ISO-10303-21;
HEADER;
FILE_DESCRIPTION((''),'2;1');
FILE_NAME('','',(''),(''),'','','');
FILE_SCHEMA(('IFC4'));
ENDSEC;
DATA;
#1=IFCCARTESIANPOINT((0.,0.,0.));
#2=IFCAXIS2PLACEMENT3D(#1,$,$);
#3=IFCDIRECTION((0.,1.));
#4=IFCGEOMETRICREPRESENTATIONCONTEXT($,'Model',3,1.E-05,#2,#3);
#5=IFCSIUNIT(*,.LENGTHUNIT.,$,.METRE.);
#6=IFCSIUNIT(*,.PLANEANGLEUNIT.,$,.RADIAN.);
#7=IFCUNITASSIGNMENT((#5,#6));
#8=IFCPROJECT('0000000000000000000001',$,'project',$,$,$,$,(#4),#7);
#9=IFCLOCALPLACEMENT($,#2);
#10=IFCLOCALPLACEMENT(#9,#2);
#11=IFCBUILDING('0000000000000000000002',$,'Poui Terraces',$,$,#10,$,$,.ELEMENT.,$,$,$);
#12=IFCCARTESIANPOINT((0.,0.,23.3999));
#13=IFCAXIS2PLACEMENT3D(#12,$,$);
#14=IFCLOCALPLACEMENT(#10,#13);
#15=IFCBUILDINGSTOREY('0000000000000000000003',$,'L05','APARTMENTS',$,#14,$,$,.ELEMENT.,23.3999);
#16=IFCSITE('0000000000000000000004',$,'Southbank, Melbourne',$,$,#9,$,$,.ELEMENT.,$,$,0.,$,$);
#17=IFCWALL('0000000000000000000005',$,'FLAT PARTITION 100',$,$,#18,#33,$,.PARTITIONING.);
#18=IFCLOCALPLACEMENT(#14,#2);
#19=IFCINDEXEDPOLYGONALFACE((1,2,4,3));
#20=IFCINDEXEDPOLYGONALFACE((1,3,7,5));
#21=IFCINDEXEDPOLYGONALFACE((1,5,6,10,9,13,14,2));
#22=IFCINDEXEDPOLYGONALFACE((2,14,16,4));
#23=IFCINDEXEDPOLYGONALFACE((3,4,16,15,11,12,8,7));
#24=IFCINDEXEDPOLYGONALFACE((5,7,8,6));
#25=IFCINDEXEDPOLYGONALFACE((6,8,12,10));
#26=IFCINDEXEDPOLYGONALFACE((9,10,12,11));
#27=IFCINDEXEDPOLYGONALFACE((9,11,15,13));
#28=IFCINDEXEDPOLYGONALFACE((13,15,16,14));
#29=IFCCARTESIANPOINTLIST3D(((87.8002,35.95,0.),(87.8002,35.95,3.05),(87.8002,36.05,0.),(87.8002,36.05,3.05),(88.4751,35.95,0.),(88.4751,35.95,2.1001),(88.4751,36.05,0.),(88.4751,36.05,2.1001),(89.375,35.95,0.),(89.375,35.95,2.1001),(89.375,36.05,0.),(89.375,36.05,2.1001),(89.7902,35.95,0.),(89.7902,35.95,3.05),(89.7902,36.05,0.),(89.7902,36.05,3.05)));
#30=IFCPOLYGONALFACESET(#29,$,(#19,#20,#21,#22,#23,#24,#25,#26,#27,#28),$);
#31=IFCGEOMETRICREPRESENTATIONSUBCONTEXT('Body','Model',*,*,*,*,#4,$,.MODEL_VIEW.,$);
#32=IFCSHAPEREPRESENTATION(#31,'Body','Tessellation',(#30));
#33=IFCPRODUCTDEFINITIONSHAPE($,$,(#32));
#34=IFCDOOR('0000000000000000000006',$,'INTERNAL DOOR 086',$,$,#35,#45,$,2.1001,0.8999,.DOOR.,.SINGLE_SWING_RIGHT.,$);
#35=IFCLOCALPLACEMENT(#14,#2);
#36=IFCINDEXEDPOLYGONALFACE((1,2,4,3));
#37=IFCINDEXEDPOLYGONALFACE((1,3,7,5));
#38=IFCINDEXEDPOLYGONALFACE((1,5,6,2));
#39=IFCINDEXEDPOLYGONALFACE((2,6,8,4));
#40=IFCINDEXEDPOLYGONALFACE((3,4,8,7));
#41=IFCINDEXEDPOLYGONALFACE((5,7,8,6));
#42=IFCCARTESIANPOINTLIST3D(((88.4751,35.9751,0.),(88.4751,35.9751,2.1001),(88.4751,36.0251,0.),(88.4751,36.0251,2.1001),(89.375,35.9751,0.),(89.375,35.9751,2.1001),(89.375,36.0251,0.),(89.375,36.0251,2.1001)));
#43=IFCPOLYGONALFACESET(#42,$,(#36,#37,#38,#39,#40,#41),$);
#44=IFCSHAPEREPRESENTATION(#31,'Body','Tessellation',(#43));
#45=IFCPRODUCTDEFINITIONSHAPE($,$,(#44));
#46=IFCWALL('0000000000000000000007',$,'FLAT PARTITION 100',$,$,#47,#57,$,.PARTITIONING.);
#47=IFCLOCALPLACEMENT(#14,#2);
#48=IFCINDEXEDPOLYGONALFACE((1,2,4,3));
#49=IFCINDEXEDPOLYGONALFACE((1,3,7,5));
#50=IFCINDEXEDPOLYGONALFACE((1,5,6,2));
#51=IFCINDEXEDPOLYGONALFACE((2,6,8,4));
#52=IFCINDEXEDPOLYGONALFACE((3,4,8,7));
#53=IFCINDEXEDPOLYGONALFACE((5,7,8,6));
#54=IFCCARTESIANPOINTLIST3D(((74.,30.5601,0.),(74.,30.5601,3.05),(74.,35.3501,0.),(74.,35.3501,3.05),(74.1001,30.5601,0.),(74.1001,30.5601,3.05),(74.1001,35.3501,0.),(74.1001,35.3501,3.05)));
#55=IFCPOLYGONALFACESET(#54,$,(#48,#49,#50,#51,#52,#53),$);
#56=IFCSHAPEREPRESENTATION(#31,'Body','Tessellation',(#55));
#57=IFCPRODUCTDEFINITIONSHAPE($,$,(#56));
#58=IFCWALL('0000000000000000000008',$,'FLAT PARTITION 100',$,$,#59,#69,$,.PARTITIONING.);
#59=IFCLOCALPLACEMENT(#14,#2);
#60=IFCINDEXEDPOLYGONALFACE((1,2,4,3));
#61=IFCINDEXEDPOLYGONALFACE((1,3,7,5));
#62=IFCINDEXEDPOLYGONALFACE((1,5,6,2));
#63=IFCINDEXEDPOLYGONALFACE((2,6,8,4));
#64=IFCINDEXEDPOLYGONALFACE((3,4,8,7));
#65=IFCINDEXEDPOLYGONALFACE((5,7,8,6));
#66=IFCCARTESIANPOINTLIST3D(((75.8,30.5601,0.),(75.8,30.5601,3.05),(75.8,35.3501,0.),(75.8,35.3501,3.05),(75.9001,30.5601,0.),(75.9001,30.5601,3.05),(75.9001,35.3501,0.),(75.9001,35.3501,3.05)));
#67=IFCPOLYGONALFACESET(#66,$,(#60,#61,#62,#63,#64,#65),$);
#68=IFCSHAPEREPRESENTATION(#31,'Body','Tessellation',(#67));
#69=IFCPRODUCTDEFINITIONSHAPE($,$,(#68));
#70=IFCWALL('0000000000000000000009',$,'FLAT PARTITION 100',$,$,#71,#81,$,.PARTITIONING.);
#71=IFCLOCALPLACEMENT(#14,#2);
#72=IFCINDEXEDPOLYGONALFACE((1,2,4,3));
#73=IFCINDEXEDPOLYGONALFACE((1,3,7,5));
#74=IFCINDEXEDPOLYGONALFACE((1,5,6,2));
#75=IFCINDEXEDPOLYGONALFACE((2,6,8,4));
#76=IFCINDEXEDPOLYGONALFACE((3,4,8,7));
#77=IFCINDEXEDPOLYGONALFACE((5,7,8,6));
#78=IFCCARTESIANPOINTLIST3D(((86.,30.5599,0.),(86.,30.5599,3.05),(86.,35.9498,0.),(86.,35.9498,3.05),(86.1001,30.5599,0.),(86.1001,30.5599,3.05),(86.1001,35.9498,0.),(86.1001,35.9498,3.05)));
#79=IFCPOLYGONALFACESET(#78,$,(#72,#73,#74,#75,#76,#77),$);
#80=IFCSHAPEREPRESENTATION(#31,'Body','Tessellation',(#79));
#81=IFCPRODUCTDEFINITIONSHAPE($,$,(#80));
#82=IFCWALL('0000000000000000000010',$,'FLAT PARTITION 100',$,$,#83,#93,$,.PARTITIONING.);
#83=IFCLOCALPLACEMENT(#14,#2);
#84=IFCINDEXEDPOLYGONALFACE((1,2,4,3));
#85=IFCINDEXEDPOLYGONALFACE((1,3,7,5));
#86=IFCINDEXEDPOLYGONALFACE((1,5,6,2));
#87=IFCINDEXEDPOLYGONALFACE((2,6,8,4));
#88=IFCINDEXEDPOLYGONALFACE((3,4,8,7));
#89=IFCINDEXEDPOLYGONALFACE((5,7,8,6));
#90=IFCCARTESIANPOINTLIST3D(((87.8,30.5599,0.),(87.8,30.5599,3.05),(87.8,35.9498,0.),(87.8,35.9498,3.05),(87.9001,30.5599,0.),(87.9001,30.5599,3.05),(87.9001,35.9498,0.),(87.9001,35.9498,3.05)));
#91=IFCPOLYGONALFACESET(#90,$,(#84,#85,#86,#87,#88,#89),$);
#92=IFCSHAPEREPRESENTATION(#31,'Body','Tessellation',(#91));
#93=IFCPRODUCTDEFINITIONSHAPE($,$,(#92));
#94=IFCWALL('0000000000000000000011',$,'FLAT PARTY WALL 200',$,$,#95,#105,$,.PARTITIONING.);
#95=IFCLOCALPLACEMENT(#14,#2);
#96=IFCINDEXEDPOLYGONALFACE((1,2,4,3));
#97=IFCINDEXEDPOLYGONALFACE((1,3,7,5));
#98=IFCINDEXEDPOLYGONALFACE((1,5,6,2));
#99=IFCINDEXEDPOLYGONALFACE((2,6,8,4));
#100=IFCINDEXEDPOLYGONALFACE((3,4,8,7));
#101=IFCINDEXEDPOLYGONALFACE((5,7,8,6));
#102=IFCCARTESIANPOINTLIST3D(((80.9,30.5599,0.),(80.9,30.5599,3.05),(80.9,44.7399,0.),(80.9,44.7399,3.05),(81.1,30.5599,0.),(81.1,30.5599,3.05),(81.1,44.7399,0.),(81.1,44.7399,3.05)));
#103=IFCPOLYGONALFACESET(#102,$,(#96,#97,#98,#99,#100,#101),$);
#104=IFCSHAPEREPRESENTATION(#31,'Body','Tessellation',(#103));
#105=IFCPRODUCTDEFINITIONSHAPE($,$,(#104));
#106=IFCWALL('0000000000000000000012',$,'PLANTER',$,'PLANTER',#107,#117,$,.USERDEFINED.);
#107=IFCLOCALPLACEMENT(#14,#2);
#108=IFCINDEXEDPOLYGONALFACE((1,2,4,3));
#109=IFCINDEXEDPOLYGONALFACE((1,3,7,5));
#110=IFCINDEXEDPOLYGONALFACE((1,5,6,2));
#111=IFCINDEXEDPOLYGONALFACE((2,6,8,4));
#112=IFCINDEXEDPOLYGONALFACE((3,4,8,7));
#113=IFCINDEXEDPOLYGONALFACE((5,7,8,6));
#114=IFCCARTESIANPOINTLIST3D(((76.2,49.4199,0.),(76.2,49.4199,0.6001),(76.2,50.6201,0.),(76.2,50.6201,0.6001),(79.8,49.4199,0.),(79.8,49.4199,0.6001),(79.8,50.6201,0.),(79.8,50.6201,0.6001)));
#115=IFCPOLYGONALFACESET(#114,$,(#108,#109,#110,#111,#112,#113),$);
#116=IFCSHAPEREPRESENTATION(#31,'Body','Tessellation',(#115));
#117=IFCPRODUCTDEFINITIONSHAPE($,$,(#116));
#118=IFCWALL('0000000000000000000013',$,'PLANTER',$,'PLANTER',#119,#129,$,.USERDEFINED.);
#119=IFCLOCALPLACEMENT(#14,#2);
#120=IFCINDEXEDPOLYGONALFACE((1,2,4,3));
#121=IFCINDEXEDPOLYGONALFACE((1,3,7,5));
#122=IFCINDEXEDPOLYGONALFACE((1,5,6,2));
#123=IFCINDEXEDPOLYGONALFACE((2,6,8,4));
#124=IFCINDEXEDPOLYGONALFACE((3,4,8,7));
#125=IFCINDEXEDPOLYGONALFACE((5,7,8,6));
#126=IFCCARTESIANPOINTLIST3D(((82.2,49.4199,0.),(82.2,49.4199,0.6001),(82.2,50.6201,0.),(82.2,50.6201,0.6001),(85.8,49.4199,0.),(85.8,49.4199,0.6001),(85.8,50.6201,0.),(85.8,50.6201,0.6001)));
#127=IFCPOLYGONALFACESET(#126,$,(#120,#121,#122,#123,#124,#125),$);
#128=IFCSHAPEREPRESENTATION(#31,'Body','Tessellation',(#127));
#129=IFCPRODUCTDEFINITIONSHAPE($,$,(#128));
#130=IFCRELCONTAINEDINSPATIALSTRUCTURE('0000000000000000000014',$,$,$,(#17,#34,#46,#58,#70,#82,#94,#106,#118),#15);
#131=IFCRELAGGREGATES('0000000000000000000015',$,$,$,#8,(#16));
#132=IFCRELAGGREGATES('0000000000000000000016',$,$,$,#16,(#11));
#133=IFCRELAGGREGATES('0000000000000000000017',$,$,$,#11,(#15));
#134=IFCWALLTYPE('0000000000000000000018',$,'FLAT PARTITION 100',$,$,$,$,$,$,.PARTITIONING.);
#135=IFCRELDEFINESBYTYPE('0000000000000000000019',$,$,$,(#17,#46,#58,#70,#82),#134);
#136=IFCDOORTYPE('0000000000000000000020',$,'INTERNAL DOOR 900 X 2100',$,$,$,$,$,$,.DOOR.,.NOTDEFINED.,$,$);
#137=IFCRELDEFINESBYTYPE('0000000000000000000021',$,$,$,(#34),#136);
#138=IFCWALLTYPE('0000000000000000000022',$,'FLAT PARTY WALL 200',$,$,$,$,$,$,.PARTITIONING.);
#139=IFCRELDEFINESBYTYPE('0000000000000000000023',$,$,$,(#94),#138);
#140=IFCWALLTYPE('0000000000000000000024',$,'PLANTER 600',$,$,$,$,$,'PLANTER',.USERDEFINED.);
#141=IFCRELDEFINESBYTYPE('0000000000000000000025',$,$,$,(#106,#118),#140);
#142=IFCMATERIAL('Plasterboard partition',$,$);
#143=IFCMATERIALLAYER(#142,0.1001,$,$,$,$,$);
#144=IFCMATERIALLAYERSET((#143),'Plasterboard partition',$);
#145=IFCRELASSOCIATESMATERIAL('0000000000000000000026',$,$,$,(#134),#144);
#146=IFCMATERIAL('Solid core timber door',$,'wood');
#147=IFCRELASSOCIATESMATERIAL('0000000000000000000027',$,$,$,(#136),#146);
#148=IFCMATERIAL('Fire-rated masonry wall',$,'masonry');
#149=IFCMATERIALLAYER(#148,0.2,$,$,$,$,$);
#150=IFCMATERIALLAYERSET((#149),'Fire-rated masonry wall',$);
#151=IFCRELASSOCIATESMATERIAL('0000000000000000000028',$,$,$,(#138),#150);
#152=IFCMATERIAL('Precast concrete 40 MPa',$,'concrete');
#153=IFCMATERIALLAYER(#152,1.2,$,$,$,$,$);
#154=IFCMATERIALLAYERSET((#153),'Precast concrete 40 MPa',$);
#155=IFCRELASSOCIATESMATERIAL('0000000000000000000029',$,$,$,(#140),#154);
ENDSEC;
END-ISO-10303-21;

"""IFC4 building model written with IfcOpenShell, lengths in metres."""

from ifc_helpers import new_model, si_unit, direction, frame, frame_2d, origin, place, context, subcontext, project, spatial, polyline, rectangle, outline, extrude, source, transform, mapped, material, layer, layer_set, type_object, element, fill, save


model = new_model("IFC4")

# Units and contexts
model_context = context("Model", 3, precision=1e-05, world=origin(), true_north=direction((0.0, 1.0)))
body_context = subcontext(model_context, "Body", "Model", "MODEL_VIEW")
ifc_project = project(units=[si_unit("LENGTHUNIT", "METRE"), si_unit("PLANEANGLEUNIT", "RADIAN")], contexts=[model_context])

# Site, building, storey
site_placement = place(None, origin())
site = spatial("IfcSite", under=ifc_project, at=site_placement, Name="Southbank, Melbourne", CompositionType="ELEMENT", RefElevation=0.0)
building_placement = place(site_placement, origin())
building = spatial("IfcBuilding", under=site, at=building_placement, Name="Poui Terraces", CompositionType="ELEMENT")
storey_placement = place(building_placement, frame((0.0, 0.0, 23.3999)))
storey = spatial("IfcBuildingStorey", under=building, at=storey_placement, Name="L05", Description="APARTMENTS", CompositionType="ELEMENT", Elevation=23.3999)

# Wall, opening, door
ifc_material_1 = material(Name="Plasterboard partition")
ifc_layer_1 = layer(ifc_material_1, 0.1001)
ifc_layer_set_1 = layer_set([ifc_layer_1], Name="Plasterboard partition")
wall_type_1 = type_object("IfcWallType", Name="FLAT PARTITION 100", PredefinedType="PARTITIONING", material=ifc_layer_set_1)
ifc_material_2 = material(Name="Solid core timber door", Category="wood")
door_type_1 = type_object("IfcDoorType", Name="INTERNAL DOOR 900 X 2100", OperationType="NOTDEFINED", PredefinedType="DOOR", material=ifc_material_2)
wall_1_placement = place(storey_placement, frame((87.8, 36.0, 0.0), z_axis=(0.0, 0.0, 1.0), x_axis=(1.0, 0.0, 0.0)))
wall_1 = element("IfcWall", 1, at=wall_1_placement, inside=storey, type_object=wall_type_1, Name="FLAT PARTITION 100", PredefinedType="PARTITIONING", context=body_context, shape_type="SweptSolid", body=[
    extrude(rectangle(XDim=1.99, YDim=0.1001, at=frame_2d((0.9951, 0.0))), origin(), (0.0, 0.0, 1.0), 3.05),
])
opening_1_placement = place(wall_1_placement, frame((0.675, 0.0, 0.0)))
opening_1 = element("IfcOpeningElement", 2, at=opening_1_placement, cuts=wall_1, PredefinedType="OPENING", context=body_context, shape_type="SweptSolid", body=[
    extrude(rectangle(XDim=0.8999, YDim=2.1001, at=frame_2d((0.45, 1.05))), frame((0.0, 0.0601, 0.0), z_axis=(0.0, -1.0, 0.0), x_axis=(1.0, 0.0, 0.0)), (0.0, 0.0, 1.0), 0.1201),
])
door_1_placement = place(opening_1_placement, frame((0.8999, 0.0, 0.0), z_axis=(0.0, 0.0, 1.0), x_axis=(-1.0, 0.0, 0.0)))
door_1 = element("IfcDoor", 3, at=door_1_placement, inside=storey, type_object=door_type_1, Name="INTERNAL DOOR 086", OperationType="SINGLE_SWING_RIGHT", OverallHeight=2.1001, OverallWidth=0.8999, PredefinedType="DOOR", context=body_context, shape_type="SweptSolid", body=[
    extrude(rectangle(XDim=0.8999, YDim=2.1001, at=frame_2d((0.45, 1.05))), frame((0.0, 0.0249, 0.0), z_axis=(0.0, -1.0, 0.0), x_axis=(1.0, 0.0, 0.0)), (0.0, 0.0, 1.0), 0.05),
])
fill(opening_1, door_1)

# Walls
for number, where, z_axis, x_axis, name in (
    (4, (74.05, 30.5601, 0.0), (0.0, 0.0, 1.0), (0.0, 1.0, 0.0), "FLAT PARTITION 100"),
    (5, (75.8501, 30.5601, 0.0), (0.0, 0.0, 1.0), (0.0, 1.0, 0.0), "FLAT PARTITION 100"),
):
    element("IfcWall", number, at=place(storey_placement, frame(where, z_axis=z_axis, x_axis=x_axis)), inside=storey, type_object=wall_type_1, Name=name, PredefinedType="PARTITIONING", context=body_context, shape_type="SweptSolid", body=[
        extrude(rectangle(XDim=4.79, YDim=0.1001, at=frame_2d((2.395, 0.0))), origin(), (0.0, 0.0, 1.0), 3.05),
    ])
for number, where, z_axis, x_axis, name in (
    (6, (86.05, 30.5601, 0.0), (0.0, 0.0, 1.0), (0.0, 1.0, 0.0), "FLAT PARTITION 100"),
    (7, (87.8501, 30.5601, 0.0), (0.0, 0.0, 1.0), (0.0, 1.0, 0.0), "FLAT PARTITION 100"),
):
    element("IfcWall", number, at=place(storey_placement, frame(where, z_axis=z_axis, x_axis=x_axis)), inside=storey, type_object=wall_type_1, Name=name, PredefinedType="PARTITIONING", context=body_context, shape_type="SweptSolid", body=[
        extrude(rectangle(XDim=5.3899, YDim=0.1001, at=frame_2d((2.6948, 0.0))), origin(), (0.0, 0.0, 1.0), 3.05),
    ])
ifc_material_3 = material(Name="Fire-rated masonry wall", Category="masonry")
ifc_layer_2 = layer(ifc_material_3, 0.2)
ifc_layer_set_2 = layer_set([ifc_layer_2], Name="Fire-rated masonry wall")
wall_type_2 = type_object("IfcWallType", Name="FLAT PARTY WALL 200", PredefinedType="PARTITIONING", material=ifc_layer_set_2)
wall_2_placement = place(storey_placement, frame((81.0, 30.5601, 0.0), z_axis=(0.0, 0.0, 1.0), x_axis=(0.0, 1.0, 0.0)))
element("IfcWall", 8, at=wall_2_placement, inside=storey, type_object=wall_type_2, Name="FLAT PARTY WALL 200", PredefinedType="PARTITIONING", context=body_context, shape_type="SweptSolid", body=[
    extrude(rectangle(XDim=14.1799, YDim=0.2, at=frame_2d((7.0898, 0.0))), origin(), (0.0, 0.0, 1.0), 3.05),
])
ifc_material_4 = material(Name="Precast concrete 40 MPa", Category="concrete")
ifc_layer_3 = layer(ifc_material_4, 1.2)
ifc_layer_set_3 = layer_set([ifc_layer_3], Name="Precast concrete 40 MPa")
wall_type_3 = type_object("IfcWallType", Name="PLANTER 600", ElementType="PLANTER", PredefinedType="USERDEFINED", material=ifc_layer_set_3)
shared_shape = source(origin(), body_context, "Body", "SweptSolid", [
    extrude(outline(polyline([(0.0, 0.0), (3.6001, 0.0), (3.6001, 1.2002), (0.0, 1.2002), (0.0, 0.0)])), origin(), (0.0, 0.0, 1.0), 0.6001),
])
for number, where, name in (
    (9, (76.2, 49.4199, 0.0), "PLANTER"),
    (10, (82.2, 49.4199, 0.0), "PLANTER"),
):
    element("IfcWall", number, at=place(storey_placement, frame(where)), inside=storey, type_object=wall_type_3, Name=name, ObjectType="PLANTER", PredefinedType="USERDEFINED", context=body_context, shape_type="MappedRepresentation", body=[
        mapped(shared_shape, transform((0.0, 0.0, 0.0))),
    ])

save(model, "model.ifc")
